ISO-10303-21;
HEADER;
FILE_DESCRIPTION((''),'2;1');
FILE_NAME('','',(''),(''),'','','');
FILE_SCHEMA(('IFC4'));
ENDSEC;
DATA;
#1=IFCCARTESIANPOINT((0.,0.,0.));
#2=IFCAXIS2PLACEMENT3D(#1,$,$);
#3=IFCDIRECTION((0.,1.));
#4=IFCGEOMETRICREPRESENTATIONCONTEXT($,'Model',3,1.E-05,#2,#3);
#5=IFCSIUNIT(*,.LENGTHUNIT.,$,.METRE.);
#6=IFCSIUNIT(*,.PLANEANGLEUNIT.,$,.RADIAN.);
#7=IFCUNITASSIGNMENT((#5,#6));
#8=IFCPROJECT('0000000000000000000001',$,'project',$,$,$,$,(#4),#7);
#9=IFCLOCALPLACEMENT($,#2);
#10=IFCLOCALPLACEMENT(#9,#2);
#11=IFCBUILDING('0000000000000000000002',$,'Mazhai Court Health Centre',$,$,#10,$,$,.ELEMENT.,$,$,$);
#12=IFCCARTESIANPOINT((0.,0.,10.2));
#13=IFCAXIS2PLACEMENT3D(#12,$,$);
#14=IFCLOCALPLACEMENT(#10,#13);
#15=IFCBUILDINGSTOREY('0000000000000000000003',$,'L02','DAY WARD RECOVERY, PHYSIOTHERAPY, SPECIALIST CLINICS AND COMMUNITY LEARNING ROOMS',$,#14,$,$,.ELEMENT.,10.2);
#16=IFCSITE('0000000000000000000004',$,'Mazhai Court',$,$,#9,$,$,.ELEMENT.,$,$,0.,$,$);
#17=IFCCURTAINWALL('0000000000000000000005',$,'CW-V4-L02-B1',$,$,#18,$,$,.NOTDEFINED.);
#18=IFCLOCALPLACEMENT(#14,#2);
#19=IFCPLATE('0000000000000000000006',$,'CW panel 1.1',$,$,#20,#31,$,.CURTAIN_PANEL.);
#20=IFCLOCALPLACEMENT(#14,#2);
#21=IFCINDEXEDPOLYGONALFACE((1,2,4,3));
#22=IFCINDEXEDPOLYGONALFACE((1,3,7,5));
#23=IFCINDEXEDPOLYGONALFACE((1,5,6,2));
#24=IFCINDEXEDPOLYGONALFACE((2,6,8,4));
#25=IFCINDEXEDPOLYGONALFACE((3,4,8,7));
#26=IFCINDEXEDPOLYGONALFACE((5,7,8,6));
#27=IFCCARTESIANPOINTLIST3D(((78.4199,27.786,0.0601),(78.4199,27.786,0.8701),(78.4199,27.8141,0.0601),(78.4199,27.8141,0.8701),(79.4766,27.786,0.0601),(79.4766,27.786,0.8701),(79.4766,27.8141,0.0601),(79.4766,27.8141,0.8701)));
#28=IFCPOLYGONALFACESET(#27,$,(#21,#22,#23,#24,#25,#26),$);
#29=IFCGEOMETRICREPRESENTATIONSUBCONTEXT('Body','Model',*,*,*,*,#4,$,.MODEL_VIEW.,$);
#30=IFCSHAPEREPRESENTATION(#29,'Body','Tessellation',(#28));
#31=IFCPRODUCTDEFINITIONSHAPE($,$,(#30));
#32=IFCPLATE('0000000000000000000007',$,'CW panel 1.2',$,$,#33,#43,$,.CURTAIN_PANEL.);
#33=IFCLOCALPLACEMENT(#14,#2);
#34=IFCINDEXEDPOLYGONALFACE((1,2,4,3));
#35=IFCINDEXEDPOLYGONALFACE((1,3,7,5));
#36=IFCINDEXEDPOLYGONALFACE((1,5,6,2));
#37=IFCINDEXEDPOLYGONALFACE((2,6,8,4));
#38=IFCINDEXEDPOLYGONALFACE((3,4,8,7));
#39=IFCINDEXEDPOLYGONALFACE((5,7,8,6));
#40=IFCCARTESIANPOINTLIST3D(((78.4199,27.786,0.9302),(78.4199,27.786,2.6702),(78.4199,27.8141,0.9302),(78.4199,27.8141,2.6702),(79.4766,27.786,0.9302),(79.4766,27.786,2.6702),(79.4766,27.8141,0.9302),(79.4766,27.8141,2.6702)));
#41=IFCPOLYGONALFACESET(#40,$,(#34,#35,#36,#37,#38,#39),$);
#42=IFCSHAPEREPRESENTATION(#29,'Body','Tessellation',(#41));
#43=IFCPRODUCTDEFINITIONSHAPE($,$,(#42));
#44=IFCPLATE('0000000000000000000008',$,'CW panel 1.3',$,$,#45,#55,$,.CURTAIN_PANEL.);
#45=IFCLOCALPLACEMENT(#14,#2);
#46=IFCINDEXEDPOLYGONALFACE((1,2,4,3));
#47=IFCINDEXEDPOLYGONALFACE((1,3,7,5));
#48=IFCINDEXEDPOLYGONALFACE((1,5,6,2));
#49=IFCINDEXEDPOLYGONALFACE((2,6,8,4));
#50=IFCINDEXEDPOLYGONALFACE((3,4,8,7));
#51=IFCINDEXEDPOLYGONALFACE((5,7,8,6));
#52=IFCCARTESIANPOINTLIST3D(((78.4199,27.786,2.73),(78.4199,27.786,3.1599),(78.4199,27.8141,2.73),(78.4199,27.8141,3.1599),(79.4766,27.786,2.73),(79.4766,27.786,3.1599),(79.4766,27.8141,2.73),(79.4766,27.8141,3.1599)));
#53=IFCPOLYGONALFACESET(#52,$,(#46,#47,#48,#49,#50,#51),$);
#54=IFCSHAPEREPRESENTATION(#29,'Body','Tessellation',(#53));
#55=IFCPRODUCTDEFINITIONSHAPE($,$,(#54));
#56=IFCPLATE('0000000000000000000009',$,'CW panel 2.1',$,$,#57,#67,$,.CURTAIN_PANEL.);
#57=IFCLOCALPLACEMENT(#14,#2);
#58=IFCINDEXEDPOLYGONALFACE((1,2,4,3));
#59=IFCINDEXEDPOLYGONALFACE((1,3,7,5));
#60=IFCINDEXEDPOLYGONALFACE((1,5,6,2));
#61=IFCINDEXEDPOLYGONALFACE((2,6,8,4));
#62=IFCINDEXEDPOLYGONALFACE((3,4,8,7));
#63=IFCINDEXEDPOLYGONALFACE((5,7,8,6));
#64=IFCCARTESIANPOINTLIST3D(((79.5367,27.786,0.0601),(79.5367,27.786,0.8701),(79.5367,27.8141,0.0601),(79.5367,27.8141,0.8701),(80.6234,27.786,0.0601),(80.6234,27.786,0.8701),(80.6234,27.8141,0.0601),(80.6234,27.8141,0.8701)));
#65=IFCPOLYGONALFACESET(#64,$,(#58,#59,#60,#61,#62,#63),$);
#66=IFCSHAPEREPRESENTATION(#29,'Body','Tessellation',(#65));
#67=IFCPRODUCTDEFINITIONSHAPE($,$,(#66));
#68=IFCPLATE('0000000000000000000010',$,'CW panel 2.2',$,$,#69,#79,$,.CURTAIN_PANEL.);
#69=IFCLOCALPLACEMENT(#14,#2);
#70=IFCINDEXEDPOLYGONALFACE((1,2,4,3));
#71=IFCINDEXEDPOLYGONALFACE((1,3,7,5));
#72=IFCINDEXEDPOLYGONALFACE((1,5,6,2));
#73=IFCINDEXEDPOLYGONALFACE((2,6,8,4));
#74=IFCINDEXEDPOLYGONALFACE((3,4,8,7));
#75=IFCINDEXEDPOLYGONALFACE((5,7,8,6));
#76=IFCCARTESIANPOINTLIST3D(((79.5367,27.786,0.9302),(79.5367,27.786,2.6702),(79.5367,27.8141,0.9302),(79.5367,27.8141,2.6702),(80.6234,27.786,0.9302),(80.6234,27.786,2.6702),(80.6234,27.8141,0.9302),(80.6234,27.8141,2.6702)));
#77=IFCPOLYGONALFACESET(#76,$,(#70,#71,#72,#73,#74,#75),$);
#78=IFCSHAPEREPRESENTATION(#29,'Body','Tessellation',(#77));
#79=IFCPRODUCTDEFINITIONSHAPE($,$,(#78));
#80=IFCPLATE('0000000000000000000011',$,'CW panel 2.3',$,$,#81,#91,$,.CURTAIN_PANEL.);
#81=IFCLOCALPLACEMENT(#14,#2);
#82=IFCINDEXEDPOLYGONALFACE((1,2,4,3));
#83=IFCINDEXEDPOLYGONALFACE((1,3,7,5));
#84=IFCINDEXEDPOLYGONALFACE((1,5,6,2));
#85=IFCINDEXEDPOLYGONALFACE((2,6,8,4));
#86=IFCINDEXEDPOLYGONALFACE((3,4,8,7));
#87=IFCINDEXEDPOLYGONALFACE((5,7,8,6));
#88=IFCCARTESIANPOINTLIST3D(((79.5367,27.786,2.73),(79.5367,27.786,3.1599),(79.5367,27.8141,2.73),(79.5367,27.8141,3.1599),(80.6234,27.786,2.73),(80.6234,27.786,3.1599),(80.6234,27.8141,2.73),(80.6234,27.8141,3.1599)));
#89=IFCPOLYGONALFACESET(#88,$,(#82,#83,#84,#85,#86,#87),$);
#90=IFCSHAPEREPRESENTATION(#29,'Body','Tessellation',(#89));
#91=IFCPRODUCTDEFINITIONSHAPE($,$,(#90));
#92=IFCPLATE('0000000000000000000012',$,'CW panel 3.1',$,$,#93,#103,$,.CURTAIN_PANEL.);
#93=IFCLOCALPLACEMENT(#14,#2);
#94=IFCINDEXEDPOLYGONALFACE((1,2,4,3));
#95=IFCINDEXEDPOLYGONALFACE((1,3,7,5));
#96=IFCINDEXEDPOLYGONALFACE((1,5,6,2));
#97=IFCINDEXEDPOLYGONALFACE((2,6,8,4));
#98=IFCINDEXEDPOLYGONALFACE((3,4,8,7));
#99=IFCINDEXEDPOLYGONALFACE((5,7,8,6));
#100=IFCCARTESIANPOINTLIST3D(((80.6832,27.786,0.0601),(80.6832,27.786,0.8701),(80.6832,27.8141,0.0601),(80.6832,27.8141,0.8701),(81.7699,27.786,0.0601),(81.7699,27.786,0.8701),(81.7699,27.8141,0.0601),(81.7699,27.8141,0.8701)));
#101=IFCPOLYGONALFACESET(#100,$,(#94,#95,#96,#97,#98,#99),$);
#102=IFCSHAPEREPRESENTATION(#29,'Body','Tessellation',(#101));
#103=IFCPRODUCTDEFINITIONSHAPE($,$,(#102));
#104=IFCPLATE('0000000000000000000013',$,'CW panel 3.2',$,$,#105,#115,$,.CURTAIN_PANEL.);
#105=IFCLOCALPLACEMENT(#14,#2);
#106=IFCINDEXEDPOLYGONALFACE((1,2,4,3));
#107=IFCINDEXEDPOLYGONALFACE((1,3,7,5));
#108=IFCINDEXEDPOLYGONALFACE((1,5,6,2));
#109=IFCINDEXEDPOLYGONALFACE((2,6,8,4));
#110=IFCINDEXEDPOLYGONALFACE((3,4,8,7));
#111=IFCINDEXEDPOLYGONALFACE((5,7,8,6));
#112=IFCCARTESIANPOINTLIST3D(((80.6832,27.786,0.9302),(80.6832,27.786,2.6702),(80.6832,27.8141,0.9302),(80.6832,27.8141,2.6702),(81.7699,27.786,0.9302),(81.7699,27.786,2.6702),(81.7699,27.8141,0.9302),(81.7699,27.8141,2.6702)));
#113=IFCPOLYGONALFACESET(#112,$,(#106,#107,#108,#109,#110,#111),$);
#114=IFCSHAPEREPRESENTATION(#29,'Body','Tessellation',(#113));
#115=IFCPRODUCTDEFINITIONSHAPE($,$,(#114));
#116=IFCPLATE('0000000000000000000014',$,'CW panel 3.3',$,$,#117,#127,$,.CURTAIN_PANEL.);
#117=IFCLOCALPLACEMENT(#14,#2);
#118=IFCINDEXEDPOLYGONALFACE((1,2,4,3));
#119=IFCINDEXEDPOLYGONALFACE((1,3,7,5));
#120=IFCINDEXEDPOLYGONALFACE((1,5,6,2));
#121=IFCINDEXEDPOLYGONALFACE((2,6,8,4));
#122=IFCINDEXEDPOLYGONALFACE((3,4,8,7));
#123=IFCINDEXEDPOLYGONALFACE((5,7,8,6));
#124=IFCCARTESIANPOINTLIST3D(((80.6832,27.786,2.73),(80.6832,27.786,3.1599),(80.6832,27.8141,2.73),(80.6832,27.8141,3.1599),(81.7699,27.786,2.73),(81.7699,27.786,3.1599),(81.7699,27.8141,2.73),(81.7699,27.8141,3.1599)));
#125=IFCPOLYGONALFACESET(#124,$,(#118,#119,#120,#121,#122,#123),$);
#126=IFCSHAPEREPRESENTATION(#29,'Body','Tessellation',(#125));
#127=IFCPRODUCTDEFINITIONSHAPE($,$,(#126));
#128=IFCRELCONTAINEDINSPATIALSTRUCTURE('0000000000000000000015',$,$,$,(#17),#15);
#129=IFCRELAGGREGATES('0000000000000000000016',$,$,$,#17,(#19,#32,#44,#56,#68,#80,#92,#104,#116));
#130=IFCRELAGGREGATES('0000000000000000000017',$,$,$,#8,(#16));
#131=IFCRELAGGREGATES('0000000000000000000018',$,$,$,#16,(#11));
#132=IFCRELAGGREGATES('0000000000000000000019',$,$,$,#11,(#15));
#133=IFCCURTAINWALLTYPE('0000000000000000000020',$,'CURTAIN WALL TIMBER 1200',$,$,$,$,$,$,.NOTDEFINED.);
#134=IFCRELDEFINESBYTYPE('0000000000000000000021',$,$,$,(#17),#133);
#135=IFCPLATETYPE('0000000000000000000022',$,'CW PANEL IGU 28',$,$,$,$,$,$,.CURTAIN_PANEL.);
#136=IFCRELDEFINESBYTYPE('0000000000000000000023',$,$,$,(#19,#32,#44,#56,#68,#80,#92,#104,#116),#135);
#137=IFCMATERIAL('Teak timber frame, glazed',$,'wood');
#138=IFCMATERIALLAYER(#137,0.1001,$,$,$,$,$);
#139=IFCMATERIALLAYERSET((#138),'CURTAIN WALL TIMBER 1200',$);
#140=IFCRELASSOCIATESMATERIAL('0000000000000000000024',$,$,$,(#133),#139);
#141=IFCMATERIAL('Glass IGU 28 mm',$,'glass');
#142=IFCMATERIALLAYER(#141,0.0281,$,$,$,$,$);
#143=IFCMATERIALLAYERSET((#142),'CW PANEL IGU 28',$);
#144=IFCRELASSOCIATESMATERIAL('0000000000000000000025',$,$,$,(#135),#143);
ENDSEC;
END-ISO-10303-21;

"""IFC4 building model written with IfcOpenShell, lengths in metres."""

from ifc_helpers import new_model, si_unit, direction, frame, origin, origin_2d, place, context, subcontext, project, spatial, rectangle, extrude, material, layer, layer_set, type_object, element, aggregate, save


model = new_model("IFC4")

# Units and contexts
model_context = context("Model", 3, precision=1e-05, world=origin(), true_north=direction((0.0, 1.0)))
body_context = subcontext(model_context, "Body", "Model", "MODEL_VIEW")
ifc_project = project(units=[si_unit("LENGTHUNIT", "METRE"), si_unit("PLANEANGLEUNIT", "RADIAN")], contexts=[model_context])

# Site, building, storey
site_placement = place(None, origin())
site = spatial("IfcSite", under=ifc_project, at=site_placement, Name="Mazhai Court", CompositionType="ELEMENT", RefElevation=0.0)
building_placement = place(site_placement, origin())
building = spatial("IfcBuilding", under=site, at=building_placement, Name="Mazhai Court Health Centre", CompositionType="ELEMENT")
storey_placement = place(building_placement, frame((0.0, 0.0, 10.2)))
storey = spatial("IfcBuildingStorey", under=building, at=storey_placement, Name="L02", Description="DAY WARD RECOVERY, PHYSIOTHERAPY, SPECIALIST CLINICS AND COMMUNITY LEARNING ROOMS", CompositionType="ELEMENT", Elevation=10.2)

# Curtain wall, plates
ifc_material_1 = material(Name="Teak timber frame, glazed", Category="wood")
ifc_layer_1 = layer(ifc_material_1, 0.1001)
ifc_layer_set_1 = layer_set([ifc_layer_1], Name="CURTAIN WALL TIMBER 1200")
curtain_wall_type = type_object("IfcCurtainWallType", Name="CURTAIN WALL TIMBER 1200", PredefinedType="NOTDEFINED", material=ifc_layer_set_1)
curtain_wall_placement = place(storey_placement, origin())
curtain_wall = element("IfcCurtainWall", 1, at=curtain_wall_placement, inside=storey, type_object=curtain_wall_type, Name="CW-V4-L02-B1", PredefinedType="NOTDEFINED")
ifc_material_2 = material(Name="Glass IGU 28 mm", Category="glass")
ifc_layer_2 = layer(ifc_material_2, 0.0281)
ifc_layer_set_2 = layer_set([ifc_layer_2], Name="CW PANEL IGU 28")
plate_type = type_object("IfcPlateType", Name="CW PANEL IGU 28", PredefinedType="CURTAIN_PANEL", material=ifc_layer_set_2)
plate_1_placement = place(storey_placement, frame((78.9482, 27.8, 0.0601), z_axis=(0.0, 0.0, 1.0), x_axis=(1.0, 0.0, 0.0)))
plate_1 = element("IfcPlate", 2, at=plate_1_placement, type_object=plate_type, Name="CW panel 1.1", PredefinedType="CURTAIN_PANEL", context=body_context, shape_type="SweptSolid", body=[
    extrude(rectangle(XDim=1.0566, YDim=0.0281, at=origin_2d()), origin(), (0.0, 0.0, 1.0), 0.8101),
])
plate_2_placement = place(storey_placement, frame((78.9482, 27.8, 0.9302), z_axis=(0.0, 0.0, 1.0), x_axis=(1.0, 0.0, 0.0)))
plate_2 = element("IfcPlate", 3, at=plate_2_placement, type_object=plate_type, Name="CW panel 1.2", PredefinedType="CURTAIN_PANEL", context=body_context, shape_type="SweptSolid", body=[
    extrude(rectangle(XDim=1.0566, YDim=0.0281, at=origin_2d()), origin(), (0.0, 0.0, 1.0), 1.74),
])
plate_3_placement = place(storey_placement, frame((78.9482, 27.8, 2.73), z_axis=(0.0, 0.0, 1.0), x_axis=(1.0, 0.0, 0.0)))
plate_3 = element("IfcPlate", 4, at=plate_3_placement, type_object=plate_type, Name="CW panel 1.3", PredefinedType="CURTAIN_PANEL", context=body_context, shape_type="SweptSolid", body=[
    extrude(rectangle(XDim=1.0566, YDim=0.0281, at=origin_2d()), origin(), (0.0, 0.0, 1.0), 0.4299),
])
plate_4_placement = place(storey_placement, frame((80.0801, 27.8, 0.0601), z_axis=(0.0, 0.0, 1.0), x_axis=(1.0, 0.0, 0.0)))
plate_4 = element("IfcPlate", 5, at=plate_4_placement, type_object=plate_type, Name="CW panel 2.1", PredefinedType="CURTAIN_PANEL", context=body_context, shape_type="SweptSolid", body=[
    extrude(rectangle(XDim=1.0867, YDim=0.0281, at=origin_2d()), origin(), (0.0, 0.0, 1.0), 0.8101),
])
plate_5_placement = place(storey_placement, frame((80.0801, 27.8, 0.9302), z_axis=(0.0, 0.0, 1.0), x_axis=(1.0, 0.0, 0.0)))
plate_5 = element("IfcPlate", 6, at=plate_5_placement, type_object=plate_type, Name="CW panel 2.2", PredefinedType="CURTAIN_PANEL", context=body_context, shape_type="SweptSolid", body=[
    extrude(rectangle(XDim=1.0867, YDim=0.0281, at=origin_2d()), origin(), (0.0, 0.0, 1.0), 1.74),
])
plate_6_placement = place(storey_placement, frame((80.0801, 27.8, 2.73), z_axis=(0.0, 0.0, 1.0), x_axis=(1.0, 0.0, 0.0)))
plate_6 = element("IfcPlate", 7, at=plate_6_placement, type_object=plate_type, Name="CW panel 2.3", PredefinedType="CURTAIN_PANEL", context=body_context, shape_type="SweptSolid", body=[
    extrude(rectangle(XDim=1.0867, YDim=0.0281, at=origin_2d()), origin(), (0.0, 0.0, 1.0), 0.4299),
])
plate_7_placement = place(storey_placement, frame((81.2266, 27.8, 0.0601), z_axis=(0.0, 0.0, 1.0), x_axis=(1.0, 0.0, 0.0)))
plate_7 = element("IfcPlate", 8, at=plate_7_placement, type_object=plate_type, Name="CW panel 3.1", PredefinedType="CURTAIN_PANEL", context=body_context, shape_type="SweptSolid", body=[
    extrude(rectangle(XDim=1.0867, YDim=0.0281, at=origin_2d()), origin(), (0.0, 0.0, 1.0), 0.8101),
])
plate_8_placement = place(storey_placement, frame((81.2266, 27.8, 0.9302), z_axis=(0.0, 0.0, 1.0), x_axis=(1.0, 0.0, 0.0)))
plate_8 = element("IfcPlate", 9, at=plate_8_placement, type_object=plate_type, Name="CW panel 3.2", PredefinedType="CURTAIN_PANEL", context=body_context, shape_type="SweptSolid", body=[
    extrude(rectangle(XDim=1.0867, YDim=0.0281, at=origin_2d()), origin(), (0.0, 0.0, 1.0), 1.74),
])
plate_9_placement = place(storey_placement, frame((81.2266, 27.8, 2.73), z_axis=(0.0, 0.0, 1.0), x_axis=(1.0, 0.0, 0.0)))
plate_9 = element("IfcPlate", 10, at=plate_9_placement, type_object=plate_type, Name="CW panel 3.3", PredefinedType="CURTAIN_PANEL", context=body_context, shape_type="SweptSolid", body=[
    extrude(rectangle(XDim=1.0867, YDim=0.0281, at=origin_2d()), origin(), (0.0, 0.0, 1.0), 0.4299),
])
aggregate(curtain_wall, [plate_1, plate_2, plate_3, plate_4, plate_5, plate_6, plate_7, plate_8, plate_9])

save(model, "model.ifc")
